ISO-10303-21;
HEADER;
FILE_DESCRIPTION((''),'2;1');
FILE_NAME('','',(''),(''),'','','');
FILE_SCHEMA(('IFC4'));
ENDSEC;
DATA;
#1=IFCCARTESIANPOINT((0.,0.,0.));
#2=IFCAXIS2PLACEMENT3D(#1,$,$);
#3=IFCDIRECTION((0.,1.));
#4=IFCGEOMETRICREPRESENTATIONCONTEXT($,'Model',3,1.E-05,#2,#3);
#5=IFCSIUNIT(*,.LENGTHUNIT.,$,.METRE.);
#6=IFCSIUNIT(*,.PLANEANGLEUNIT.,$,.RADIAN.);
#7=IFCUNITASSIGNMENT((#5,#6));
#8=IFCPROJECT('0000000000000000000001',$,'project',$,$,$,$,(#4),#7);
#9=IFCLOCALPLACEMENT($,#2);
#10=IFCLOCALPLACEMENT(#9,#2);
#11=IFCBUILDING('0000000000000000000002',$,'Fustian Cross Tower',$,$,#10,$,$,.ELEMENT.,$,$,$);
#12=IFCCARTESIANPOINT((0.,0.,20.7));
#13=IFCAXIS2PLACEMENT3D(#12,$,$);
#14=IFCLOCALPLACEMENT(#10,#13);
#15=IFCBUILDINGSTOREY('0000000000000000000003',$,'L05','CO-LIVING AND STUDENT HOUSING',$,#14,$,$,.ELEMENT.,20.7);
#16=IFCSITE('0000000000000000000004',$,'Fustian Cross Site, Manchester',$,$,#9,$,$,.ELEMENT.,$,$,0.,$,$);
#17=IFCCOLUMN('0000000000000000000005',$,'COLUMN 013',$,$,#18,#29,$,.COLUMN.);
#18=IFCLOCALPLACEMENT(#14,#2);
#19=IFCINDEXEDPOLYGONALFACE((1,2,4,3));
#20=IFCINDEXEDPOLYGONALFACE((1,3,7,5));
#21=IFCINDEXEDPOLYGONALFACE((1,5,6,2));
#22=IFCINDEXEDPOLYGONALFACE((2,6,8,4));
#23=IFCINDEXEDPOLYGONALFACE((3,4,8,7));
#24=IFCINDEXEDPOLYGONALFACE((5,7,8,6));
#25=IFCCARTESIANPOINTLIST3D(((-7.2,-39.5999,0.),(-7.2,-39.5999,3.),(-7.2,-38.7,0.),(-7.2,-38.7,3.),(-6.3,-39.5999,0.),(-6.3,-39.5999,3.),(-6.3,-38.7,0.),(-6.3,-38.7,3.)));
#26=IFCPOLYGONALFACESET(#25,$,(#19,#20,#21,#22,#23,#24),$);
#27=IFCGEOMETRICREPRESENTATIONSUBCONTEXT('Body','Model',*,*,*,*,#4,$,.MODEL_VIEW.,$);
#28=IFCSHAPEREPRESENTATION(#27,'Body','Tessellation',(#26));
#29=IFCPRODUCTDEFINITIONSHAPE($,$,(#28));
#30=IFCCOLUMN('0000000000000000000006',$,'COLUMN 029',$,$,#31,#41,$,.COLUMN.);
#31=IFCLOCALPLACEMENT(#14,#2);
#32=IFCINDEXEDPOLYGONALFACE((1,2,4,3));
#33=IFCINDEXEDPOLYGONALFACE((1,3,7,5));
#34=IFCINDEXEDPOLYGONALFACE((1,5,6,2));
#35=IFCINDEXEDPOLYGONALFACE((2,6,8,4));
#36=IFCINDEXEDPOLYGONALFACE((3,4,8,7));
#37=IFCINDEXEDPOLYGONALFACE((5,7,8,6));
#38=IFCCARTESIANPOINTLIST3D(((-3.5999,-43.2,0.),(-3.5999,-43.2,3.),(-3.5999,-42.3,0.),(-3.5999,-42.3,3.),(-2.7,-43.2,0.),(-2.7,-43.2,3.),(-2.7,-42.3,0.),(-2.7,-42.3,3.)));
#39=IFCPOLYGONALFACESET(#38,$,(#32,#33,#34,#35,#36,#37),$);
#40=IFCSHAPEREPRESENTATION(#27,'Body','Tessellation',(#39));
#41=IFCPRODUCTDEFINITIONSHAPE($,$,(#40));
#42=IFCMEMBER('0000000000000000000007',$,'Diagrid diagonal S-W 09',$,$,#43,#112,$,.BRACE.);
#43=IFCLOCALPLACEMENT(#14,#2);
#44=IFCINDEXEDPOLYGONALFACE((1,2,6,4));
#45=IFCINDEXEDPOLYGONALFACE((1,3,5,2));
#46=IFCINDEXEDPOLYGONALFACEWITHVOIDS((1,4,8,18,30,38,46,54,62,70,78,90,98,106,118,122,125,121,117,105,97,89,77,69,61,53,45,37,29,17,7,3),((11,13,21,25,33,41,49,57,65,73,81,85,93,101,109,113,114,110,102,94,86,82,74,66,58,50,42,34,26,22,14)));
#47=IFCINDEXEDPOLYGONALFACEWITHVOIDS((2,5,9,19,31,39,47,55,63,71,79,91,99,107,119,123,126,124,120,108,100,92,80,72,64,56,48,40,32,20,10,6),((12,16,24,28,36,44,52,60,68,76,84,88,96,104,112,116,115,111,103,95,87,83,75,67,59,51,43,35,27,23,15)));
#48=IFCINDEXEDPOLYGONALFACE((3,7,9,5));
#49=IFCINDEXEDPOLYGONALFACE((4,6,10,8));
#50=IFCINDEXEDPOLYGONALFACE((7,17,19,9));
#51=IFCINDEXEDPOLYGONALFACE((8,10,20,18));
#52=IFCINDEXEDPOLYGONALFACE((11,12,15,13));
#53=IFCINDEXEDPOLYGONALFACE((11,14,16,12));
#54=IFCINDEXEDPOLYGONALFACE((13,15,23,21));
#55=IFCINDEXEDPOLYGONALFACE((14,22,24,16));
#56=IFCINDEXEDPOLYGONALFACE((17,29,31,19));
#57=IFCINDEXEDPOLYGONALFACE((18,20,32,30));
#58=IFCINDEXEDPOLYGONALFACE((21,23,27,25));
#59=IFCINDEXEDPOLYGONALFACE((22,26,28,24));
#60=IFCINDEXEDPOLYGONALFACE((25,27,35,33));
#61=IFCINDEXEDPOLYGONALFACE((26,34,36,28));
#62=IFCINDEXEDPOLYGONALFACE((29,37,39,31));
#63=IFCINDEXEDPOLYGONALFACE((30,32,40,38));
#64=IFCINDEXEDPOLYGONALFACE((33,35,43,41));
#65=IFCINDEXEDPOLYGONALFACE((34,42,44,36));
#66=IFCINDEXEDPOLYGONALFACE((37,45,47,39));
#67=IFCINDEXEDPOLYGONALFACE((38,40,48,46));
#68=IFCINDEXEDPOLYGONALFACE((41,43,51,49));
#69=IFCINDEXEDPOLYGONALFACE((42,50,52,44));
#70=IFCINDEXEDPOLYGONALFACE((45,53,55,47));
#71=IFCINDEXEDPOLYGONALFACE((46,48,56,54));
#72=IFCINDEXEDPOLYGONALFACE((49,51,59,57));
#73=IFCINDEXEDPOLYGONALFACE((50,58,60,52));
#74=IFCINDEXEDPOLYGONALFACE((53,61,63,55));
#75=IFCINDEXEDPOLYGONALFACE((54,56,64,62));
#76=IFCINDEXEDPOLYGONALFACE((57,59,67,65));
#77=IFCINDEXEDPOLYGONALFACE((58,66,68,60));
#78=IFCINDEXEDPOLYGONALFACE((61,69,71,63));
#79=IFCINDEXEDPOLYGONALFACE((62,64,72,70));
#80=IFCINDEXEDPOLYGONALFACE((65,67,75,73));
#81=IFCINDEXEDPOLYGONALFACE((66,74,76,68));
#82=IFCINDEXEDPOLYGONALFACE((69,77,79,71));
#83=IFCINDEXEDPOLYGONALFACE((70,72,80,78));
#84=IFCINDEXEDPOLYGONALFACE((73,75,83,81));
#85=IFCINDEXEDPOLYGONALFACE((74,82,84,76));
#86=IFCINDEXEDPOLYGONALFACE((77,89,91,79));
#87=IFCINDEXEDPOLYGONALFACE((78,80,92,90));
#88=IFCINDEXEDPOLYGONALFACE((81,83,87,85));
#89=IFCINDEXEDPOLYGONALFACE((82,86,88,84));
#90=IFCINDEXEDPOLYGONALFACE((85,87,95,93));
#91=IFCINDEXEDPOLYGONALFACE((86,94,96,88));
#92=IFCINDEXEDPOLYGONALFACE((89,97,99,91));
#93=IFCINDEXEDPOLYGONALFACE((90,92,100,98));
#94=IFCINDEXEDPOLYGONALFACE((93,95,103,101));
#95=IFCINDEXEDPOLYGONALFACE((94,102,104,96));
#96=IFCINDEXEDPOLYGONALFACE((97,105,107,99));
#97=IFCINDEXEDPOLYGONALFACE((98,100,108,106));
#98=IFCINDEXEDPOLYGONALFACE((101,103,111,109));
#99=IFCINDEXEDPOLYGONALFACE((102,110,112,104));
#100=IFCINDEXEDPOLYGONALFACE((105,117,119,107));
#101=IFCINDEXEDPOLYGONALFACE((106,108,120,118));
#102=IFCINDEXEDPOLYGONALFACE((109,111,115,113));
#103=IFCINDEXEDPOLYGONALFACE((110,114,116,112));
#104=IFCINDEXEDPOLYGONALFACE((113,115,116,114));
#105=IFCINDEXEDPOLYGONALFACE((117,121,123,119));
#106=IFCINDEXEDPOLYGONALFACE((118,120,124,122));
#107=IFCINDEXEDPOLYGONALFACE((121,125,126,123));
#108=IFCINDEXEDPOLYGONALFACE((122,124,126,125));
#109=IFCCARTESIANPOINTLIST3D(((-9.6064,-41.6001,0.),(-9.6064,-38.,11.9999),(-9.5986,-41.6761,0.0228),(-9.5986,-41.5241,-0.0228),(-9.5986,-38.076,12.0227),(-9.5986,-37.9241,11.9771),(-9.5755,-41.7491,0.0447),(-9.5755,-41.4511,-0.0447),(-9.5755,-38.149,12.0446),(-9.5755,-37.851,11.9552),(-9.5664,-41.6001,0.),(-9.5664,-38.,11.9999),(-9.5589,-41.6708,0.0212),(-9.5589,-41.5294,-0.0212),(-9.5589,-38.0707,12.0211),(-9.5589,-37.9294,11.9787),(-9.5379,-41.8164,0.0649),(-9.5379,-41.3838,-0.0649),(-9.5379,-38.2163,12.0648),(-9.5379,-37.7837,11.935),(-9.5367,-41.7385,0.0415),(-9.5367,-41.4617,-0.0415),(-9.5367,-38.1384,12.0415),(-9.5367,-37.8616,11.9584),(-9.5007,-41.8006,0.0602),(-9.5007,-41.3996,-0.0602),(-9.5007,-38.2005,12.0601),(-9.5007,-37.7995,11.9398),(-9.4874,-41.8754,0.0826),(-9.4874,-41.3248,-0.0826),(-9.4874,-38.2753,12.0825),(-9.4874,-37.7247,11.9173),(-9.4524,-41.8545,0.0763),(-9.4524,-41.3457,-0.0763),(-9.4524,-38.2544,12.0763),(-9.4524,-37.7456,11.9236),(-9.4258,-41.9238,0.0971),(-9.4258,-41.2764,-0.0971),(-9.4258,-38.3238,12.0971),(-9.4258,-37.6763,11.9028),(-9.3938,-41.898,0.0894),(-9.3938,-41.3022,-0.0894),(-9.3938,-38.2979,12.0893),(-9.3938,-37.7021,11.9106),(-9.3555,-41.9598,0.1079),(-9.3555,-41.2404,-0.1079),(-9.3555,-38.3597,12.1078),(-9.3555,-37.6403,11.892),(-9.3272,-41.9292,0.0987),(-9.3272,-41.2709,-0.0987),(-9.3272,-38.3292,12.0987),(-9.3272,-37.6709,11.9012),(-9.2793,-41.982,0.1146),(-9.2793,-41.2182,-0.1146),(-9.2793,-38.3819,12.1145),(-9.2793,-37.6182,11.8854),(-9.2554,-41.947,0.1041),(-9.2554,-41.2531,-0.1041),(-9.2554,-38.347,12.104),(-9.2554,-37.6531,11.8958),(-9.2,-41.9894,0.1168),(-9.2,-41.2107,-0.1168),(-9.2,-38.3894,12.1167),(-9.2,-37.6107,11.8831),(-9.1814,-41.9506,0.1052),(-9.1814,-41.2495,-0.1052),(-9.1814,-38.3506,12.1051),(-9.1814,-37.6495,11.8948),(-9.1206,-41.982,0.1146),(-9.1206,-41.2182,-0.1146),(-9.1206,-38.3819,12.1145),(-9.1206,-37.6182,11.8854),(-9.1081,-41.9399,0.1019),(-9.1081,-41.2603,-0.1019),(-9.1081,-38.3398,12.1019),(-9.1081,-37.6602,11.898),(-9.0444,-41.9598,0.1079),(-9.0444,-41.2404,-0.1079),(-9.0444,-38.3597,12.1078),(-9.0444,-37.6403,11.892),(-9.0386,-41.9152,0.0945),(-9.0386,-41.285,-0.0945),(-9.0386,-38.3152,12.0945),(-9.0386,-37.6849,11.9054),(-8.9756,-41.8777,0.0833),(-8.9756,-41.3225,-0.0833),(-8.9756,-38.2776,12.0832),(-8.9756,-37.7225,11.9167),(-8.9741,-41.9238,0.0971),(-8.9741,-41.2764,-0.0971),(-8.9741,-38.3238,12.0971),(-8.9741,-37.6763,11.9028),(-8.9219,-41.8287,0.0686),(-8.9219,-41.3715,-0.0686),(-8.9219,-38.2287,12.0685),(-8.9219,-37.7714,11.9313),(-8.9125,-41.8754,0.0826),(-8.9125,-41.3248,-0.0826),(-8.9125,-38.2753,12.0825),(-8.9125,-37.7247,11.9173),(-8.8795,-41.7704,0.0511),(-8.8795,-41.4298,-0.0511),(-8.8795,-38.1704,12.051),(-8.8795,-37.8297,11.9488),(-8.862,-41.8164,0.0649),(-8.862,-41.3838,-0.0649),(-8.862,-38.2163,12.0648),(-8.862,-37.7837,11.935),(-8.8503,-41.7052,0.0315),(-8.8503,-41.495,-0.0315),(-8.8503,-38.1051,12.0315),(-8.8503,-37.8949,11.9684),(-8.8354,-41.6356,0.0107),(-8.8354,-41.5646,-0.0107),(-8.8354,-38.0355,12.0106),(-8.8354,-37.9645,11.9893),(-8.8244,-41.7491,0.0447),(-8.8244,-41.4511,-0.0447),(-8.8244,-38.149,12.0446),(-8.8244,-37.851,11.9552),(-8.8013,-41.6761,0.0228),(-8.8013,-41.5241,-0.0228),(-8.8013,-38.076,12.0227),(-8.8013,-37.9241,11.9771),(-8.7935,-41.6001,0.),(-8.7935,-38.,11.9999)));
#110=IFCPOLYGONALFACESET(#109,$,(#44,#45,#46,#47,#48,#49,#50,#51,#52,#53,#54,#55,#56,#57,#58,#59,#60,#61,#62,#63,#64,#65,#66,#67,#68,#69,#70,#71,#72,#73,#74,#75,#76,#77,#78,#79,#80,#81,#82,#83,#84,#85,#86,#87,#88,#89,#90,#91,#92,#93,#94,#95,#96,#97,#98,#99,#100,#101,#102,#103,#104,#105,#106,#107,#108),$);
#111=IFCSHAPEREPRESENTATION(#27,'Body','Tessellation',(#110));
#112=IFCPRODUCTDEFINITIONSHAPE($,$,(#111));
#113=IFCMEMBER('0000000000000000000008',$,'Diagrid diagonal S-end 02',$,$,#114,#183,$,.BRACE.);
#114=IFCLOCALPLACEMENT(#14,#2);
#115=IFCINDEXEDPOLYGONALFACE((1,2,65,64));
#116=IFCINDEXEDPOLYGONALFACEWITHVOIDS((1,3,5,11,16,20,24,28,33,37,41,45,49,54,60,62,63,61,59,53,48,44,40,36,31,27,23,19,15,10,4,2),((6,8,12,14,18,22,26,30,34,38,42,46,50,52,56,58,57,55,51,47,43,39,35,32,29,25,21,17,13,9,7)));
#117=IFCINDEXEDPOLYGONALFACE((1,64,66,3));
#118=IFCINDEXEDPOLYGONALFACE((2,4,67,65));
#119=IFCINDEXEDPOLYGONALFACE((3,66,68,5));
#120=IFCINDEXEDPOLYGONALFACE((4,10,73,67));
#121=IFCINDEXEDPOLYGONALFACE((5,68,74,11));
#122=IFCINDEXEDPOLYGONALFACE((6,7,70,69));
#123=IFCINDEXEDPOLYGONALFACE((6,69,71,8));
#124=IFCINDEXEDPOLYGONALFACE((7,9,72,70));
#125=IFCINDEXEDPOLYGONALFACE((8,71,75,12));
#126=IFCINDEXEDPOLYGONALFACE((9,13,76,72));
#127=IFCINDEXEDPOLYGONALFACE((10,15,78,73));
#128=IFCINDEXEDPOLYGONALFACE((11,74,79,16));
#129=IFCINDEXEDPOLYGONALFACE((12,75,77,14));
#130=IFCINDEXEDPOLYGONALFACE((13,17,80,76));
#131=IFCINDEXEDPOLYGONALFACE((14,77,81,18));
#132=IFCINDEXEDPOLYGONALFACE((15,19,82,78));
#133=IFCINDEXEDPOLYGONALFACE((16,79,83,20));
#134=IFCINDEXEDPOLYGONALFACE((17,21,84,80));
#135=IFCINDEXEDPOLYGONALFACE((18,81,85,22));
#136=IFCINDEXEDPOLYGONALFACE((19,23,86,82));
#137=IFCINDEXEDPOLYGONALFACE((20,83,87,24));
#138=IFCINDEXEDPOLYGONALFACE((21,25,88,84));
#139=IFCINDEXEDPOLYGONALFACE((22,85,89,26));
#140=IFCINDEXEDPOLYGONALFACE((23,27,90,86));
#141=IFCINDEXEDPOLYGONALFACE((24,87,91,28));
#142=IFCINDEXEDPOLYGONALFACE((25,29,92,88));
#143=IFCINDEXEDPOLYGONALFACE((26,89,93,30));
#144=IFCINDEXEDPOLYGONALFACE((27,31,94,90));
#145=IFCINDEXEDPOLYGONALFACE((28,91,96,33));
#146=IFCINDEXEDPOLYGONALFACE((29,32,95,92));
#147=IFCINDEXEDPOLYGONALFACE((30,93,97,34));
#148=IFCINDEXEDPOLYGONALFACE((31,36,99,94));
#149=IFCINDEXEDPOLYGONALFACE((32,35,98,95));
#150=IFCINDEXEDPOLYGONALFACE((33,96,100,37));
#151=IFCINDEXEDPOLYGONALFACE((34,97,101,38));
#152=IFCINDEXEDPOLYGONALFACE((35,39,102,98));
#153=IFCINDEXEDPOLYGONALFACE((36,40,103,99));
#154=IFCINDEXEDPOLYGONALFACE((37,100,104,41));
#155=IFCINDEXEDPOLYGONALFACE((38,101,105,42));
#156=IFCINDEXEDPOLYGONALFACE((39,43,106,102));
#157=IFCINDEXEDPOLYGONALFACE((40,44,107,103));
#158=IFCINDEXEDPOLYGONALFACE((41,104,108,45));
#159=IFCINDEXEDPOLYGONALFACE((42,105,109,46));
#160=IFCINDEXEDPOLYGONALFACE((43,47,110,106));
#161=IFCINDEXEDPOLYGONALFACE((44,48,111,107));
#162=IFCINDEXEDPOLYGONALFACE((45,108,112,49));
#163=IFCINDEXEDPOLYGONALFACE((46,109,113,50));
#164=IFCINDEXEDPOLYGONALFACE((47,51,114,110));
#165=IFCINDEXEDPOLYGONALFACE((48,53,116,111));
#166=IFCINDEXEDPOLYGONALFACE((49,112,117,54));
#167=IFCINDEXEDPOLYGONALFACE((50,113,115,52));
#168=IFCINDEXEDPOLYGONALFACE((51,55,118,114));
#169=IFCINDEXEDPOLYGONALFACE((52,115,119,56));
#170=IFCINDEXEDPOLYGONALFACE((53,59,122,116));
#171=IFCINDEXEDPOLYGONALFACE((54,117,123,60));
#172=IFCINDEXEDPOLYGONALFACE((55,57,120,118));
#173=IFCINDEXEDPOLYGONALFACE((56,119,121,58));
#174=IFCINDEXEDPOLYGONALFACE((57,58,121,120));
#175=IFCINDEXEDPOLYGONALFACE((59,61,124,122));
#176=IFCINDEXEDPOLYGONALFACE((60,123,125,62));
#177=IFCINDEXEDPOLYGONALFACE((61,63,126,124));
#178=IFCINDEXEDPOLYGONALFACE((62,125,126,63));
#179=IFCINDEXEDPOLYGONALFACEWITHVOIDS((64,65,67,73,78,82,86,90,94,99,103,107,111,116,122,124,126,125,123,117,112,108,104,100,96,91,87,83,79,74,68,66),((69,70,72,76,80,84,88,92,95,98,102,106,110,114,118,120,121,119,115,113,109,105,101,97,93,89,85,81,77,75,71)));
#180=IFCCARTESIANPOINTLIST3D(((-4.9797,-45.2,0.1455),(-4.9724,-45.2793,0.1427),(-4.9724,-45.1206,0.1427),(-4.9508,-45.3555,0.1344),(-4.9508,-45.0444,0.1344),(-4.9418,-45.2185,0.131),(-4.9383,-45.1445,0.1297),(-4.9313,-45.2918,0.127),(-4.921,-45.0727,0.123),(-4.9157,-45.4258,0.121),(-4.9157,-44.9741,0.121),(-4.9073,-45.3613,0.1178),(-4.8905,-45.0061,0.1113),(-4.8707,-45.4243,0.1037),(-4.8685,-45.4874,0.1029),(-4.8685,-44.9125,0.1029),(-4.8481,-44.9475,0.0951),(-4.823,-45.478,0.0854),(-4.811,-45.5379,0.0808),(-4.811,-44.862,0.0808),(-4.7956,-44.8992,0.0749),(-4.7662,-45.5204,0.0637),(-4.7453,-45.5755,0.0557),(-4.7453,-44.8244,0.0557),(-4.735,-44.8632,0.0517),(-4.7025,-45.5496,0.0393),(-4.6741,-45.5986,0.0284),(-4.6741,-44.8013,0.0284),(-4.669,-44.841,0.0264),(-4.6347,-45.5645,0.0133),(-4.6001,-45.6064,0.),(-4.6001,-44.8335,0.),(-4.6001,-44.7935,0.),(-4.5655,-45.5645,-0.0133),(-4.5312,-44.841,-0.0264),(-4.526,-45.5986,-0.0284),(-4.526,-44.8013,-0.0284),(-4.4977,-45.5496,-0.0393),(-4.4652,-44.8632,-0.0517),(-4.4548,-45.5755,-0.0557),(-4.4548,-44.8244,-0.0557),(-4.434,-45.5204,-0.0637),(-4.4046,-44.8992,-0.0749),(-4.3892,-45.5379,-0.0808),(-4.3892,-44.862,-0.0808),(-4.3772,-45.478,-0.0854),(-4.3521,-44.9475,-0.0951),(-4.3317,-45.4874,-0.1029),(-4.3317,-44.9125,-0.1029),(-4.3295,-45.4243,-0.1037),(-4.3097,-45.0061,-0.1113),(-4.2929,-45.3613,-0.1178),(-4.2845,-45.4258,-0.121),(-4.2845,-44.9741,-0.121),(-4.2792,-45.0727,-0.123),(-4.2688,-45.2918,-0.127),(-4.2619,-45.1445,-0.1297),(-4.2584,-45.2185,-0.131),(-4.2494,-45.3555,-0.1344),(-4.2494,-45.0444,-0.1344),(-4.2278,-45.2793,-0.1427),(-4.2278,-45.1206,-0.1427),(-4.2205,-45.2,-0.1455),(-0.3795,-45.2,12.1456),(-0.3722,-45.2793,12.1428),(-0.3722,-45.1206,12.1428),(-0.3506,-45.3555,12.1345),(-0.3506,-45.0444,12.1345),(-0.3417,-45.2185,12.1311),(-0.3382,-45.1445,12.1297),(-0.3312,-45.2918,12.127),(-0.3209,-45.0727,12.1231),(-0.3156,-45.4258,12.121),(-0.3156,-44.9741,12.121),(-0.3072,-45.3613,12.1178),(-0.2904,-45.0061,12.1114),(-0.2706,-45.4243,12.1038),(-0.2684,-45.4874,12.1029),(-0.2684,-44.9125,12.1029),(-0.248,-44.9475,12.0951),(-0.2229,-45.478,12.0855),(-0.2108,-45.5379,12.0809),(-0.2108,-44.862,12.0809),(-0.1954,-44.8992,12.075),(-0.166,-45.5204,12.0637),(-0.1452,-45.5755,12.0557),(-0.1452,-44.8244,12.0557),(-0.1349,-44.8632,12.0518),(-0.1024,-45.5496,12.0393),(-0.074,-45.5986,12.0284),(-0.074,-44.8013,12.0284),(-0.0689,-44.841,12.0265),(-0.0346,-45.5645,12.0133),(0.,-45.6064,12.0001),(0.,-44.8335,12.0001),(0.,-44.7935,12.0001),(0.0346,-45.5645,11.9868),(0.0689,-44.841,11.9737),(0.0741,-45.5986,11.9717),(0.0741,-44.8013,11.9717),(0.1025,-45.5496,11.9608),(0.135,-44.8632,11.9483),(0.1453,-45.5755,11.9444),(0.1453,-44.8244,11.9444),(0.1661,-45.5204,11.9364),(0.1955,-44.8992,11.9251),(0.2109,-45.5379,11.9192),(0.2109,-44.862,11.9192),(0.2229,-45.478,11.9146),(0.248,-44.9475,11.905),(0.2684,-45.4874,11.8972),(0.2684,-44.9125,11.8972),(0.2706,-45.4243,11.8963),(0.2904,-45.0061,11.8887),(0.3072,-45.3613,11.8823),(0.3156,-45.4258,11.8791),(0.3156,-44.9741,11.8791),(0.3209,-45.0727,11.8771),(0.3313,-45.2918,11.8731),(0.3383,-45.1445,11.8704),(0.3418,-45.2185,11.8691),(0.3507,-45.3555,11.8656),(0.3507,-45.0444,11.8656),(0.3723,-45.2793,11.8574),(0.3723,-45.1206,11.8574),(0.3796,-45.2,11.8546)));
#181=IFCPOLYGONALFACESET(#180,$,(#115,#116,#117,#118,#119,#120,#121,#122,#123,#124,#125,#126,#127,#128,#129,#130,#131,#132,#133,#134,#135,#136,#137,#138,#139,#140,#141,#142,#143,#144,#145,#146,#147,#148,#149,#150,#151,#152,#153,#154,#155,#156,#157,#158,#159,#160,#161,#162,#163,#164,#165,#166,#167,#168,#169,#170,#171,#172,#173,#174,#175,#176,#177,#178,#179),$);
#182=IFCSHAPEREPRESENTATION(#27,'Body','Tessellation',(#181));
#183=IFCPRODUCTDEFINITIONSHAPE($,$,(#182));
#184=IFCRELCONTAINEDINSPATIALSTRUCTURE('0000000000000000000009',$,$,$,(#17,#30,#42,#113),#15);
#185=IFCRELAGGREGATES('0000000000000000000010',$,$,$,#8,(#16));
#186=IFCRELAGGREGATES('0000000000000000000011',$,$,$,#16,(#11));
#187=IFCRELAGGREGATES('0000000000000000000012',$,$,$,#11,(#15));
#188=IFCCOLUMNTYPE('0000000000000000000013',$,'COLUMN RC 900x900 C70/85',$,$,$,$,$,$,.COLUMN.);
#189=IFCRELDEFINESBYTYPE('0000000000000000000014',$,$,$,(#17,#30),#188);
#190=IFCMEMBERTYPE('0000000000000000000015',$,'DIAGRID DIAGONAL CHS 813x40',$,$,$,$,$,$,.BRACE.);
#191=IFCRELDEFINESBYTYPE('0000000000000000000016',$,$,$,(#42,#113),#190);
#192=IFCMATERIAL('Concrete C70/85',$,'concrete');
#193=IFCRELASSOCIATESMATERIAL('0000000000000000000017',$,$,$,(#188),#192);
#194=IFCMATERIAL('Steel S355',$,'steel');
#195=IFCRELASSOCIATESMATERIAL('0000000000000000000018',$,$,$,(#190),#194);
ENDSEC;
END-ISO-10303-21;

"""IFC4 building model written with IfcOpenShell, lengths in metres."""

from ifc_helpers import new_model, si_unit, direction, frame, origin, origin_2d, place, context, subcontext, project, spatial, rectangle, hollow_circle, extrude, material, material_profile, profile_set, type_object, element, save


model = new_model("IFC4")

# Units and contexts
model_context = context("Model", 3, precision=1e-05, world=origin(), true_north=direction((0.0, 1.0)))
body_context = subcontext(model_context, "Body", "Model", "MODEL_VIEW")
ifc_project = project(units=[si_unit("LENGTHUNIT", "METRE"), si_unit("PLANEANGLEUNIT", "RADIAN")], contexts=[model_context])

# Site, building, storey
site_placement = place(None, origin())
site = spatial("IfcSite", under=ifc_project, at=site_placement, Name="Fustian Cross Site, Manchester", CompositionType="ELEMENT", RefElevation=0.0)
building_placement = place(site_placement, origin())
building = spatial("IfcBuilding", under=site, at=building_placement, Name="Fustian Cross Tower", CompositionType="ELEMENT")
storey_placement = place(building_placement, frame((0.0, 0.0, 20.7)))
storey = spatial("IfcBuildingStorey", under=building, at=storey_placement, Name="L05", Description="CO-LIVING AND STUDENT HOUSING", CompositionType="ELEMENT", Elevation=20.7)

# Columns
ifc_material_1 = material(Name="Concrete C70/85", Category="concrete")
ifc_material_profile_1 = material_profile(ifc_material_1, rectangle(XDim=0.8999, YDim=0.8999, at=origin_2d()), Name="RC 900x900")
ifc_profile_set_1 = profile_set([ifc_material_profile_1], Name="Concrete C70/85")
column_type = type_object("IfcColumnType", Name="COLUMN RC 900x900 C70/85", PredefinedType="COLUMN", material=ifc_profile_set_1)
for number, where, z_axis, x_axis, name in (
    (1, (-6.75, -39.1499, 0.0), (0.0, 0.0, 1.0), (1.0, 0.0, 0.0), "COLUMN 013"),
    (2, (-3.1499, -42.75, 0.0), (0.0, 0.0, 1.0), (1.0, 0.0, 0.0), "COLUMN 029"),
):
    element("IfcColumn", number, at=place(storey_placement, frame(where, z_axis=z_axis, x_axis=x_axis)), inside=storey, type_object=column_type, Name=name, PredefinedType="COLUMN", context=body_context, shape_type="SweptSolid", body=[
        extrude(rectangle(XDim=0.8999, YDim=0.8999, at=origin_2d()), origin(), (0.0, 0.0, 1.0), 3.0),
    ])

# Members
ifc_material_2 = material(Name="Steel S355", Category="steel")
ifc_material_profile_2 = material_profile(ifc_material_2, hollow_circle(Radius=0.4065, WallThickness=0.04, at=origin_2d()), Name="CHS 813x40")
ifc_profile_set_2 = profile_set([ifc_material_profile_2], Name="Steel S355")
member_type_1 = type_object("IfcMemberType", Name="DIAGRID DIAGONAL CHS 813x40", PredefinedType="BRACE", material=ifc_profile_set_2)
member_1_placement = place(storey_placement, frame((-9.2, -41.6001, 0.0), z_axis=(0.0, 0.287355, 0.957824), x_axis=(-1.0, 0.0, 0.0)))
element("IfcMember", 3, at=member_1_placement, inside=storey, type_object=member_type_1, Name="Diagrid diagonal S-W 09", PredefinedType="BRACE", context=body_context, shape_type="SweptSolid", body=[
    extrude(hollow_circle(Radius=0.4065, WallThickness=0.04, at=origin_2d()), origin(), (0.0, 0.0, 1.0), 12.5283),
])
member_2_placement = place(storey_placement, frame((-4.6001, -45.2, 0.0), z_axis=(0.357943, 0.0, 0.933744), x_axis=(0.0, 1.0, 0.0)))
element("IfcMember", 4, at=member_2_placement, inside=storey, type_object=member_type_1, Name="Diagrid diagonal S-end 02", PredefinedType="BRACE", context=body_context, shape_type="SweptSolid", body=[
    extrude(hollow_circle(Radius=0.4065, WallThickness=0.04, at=origin_2d()), origin(), (0.0, 0.0, 1.0), 12.8516),
])

save(model, "model.ifc")
